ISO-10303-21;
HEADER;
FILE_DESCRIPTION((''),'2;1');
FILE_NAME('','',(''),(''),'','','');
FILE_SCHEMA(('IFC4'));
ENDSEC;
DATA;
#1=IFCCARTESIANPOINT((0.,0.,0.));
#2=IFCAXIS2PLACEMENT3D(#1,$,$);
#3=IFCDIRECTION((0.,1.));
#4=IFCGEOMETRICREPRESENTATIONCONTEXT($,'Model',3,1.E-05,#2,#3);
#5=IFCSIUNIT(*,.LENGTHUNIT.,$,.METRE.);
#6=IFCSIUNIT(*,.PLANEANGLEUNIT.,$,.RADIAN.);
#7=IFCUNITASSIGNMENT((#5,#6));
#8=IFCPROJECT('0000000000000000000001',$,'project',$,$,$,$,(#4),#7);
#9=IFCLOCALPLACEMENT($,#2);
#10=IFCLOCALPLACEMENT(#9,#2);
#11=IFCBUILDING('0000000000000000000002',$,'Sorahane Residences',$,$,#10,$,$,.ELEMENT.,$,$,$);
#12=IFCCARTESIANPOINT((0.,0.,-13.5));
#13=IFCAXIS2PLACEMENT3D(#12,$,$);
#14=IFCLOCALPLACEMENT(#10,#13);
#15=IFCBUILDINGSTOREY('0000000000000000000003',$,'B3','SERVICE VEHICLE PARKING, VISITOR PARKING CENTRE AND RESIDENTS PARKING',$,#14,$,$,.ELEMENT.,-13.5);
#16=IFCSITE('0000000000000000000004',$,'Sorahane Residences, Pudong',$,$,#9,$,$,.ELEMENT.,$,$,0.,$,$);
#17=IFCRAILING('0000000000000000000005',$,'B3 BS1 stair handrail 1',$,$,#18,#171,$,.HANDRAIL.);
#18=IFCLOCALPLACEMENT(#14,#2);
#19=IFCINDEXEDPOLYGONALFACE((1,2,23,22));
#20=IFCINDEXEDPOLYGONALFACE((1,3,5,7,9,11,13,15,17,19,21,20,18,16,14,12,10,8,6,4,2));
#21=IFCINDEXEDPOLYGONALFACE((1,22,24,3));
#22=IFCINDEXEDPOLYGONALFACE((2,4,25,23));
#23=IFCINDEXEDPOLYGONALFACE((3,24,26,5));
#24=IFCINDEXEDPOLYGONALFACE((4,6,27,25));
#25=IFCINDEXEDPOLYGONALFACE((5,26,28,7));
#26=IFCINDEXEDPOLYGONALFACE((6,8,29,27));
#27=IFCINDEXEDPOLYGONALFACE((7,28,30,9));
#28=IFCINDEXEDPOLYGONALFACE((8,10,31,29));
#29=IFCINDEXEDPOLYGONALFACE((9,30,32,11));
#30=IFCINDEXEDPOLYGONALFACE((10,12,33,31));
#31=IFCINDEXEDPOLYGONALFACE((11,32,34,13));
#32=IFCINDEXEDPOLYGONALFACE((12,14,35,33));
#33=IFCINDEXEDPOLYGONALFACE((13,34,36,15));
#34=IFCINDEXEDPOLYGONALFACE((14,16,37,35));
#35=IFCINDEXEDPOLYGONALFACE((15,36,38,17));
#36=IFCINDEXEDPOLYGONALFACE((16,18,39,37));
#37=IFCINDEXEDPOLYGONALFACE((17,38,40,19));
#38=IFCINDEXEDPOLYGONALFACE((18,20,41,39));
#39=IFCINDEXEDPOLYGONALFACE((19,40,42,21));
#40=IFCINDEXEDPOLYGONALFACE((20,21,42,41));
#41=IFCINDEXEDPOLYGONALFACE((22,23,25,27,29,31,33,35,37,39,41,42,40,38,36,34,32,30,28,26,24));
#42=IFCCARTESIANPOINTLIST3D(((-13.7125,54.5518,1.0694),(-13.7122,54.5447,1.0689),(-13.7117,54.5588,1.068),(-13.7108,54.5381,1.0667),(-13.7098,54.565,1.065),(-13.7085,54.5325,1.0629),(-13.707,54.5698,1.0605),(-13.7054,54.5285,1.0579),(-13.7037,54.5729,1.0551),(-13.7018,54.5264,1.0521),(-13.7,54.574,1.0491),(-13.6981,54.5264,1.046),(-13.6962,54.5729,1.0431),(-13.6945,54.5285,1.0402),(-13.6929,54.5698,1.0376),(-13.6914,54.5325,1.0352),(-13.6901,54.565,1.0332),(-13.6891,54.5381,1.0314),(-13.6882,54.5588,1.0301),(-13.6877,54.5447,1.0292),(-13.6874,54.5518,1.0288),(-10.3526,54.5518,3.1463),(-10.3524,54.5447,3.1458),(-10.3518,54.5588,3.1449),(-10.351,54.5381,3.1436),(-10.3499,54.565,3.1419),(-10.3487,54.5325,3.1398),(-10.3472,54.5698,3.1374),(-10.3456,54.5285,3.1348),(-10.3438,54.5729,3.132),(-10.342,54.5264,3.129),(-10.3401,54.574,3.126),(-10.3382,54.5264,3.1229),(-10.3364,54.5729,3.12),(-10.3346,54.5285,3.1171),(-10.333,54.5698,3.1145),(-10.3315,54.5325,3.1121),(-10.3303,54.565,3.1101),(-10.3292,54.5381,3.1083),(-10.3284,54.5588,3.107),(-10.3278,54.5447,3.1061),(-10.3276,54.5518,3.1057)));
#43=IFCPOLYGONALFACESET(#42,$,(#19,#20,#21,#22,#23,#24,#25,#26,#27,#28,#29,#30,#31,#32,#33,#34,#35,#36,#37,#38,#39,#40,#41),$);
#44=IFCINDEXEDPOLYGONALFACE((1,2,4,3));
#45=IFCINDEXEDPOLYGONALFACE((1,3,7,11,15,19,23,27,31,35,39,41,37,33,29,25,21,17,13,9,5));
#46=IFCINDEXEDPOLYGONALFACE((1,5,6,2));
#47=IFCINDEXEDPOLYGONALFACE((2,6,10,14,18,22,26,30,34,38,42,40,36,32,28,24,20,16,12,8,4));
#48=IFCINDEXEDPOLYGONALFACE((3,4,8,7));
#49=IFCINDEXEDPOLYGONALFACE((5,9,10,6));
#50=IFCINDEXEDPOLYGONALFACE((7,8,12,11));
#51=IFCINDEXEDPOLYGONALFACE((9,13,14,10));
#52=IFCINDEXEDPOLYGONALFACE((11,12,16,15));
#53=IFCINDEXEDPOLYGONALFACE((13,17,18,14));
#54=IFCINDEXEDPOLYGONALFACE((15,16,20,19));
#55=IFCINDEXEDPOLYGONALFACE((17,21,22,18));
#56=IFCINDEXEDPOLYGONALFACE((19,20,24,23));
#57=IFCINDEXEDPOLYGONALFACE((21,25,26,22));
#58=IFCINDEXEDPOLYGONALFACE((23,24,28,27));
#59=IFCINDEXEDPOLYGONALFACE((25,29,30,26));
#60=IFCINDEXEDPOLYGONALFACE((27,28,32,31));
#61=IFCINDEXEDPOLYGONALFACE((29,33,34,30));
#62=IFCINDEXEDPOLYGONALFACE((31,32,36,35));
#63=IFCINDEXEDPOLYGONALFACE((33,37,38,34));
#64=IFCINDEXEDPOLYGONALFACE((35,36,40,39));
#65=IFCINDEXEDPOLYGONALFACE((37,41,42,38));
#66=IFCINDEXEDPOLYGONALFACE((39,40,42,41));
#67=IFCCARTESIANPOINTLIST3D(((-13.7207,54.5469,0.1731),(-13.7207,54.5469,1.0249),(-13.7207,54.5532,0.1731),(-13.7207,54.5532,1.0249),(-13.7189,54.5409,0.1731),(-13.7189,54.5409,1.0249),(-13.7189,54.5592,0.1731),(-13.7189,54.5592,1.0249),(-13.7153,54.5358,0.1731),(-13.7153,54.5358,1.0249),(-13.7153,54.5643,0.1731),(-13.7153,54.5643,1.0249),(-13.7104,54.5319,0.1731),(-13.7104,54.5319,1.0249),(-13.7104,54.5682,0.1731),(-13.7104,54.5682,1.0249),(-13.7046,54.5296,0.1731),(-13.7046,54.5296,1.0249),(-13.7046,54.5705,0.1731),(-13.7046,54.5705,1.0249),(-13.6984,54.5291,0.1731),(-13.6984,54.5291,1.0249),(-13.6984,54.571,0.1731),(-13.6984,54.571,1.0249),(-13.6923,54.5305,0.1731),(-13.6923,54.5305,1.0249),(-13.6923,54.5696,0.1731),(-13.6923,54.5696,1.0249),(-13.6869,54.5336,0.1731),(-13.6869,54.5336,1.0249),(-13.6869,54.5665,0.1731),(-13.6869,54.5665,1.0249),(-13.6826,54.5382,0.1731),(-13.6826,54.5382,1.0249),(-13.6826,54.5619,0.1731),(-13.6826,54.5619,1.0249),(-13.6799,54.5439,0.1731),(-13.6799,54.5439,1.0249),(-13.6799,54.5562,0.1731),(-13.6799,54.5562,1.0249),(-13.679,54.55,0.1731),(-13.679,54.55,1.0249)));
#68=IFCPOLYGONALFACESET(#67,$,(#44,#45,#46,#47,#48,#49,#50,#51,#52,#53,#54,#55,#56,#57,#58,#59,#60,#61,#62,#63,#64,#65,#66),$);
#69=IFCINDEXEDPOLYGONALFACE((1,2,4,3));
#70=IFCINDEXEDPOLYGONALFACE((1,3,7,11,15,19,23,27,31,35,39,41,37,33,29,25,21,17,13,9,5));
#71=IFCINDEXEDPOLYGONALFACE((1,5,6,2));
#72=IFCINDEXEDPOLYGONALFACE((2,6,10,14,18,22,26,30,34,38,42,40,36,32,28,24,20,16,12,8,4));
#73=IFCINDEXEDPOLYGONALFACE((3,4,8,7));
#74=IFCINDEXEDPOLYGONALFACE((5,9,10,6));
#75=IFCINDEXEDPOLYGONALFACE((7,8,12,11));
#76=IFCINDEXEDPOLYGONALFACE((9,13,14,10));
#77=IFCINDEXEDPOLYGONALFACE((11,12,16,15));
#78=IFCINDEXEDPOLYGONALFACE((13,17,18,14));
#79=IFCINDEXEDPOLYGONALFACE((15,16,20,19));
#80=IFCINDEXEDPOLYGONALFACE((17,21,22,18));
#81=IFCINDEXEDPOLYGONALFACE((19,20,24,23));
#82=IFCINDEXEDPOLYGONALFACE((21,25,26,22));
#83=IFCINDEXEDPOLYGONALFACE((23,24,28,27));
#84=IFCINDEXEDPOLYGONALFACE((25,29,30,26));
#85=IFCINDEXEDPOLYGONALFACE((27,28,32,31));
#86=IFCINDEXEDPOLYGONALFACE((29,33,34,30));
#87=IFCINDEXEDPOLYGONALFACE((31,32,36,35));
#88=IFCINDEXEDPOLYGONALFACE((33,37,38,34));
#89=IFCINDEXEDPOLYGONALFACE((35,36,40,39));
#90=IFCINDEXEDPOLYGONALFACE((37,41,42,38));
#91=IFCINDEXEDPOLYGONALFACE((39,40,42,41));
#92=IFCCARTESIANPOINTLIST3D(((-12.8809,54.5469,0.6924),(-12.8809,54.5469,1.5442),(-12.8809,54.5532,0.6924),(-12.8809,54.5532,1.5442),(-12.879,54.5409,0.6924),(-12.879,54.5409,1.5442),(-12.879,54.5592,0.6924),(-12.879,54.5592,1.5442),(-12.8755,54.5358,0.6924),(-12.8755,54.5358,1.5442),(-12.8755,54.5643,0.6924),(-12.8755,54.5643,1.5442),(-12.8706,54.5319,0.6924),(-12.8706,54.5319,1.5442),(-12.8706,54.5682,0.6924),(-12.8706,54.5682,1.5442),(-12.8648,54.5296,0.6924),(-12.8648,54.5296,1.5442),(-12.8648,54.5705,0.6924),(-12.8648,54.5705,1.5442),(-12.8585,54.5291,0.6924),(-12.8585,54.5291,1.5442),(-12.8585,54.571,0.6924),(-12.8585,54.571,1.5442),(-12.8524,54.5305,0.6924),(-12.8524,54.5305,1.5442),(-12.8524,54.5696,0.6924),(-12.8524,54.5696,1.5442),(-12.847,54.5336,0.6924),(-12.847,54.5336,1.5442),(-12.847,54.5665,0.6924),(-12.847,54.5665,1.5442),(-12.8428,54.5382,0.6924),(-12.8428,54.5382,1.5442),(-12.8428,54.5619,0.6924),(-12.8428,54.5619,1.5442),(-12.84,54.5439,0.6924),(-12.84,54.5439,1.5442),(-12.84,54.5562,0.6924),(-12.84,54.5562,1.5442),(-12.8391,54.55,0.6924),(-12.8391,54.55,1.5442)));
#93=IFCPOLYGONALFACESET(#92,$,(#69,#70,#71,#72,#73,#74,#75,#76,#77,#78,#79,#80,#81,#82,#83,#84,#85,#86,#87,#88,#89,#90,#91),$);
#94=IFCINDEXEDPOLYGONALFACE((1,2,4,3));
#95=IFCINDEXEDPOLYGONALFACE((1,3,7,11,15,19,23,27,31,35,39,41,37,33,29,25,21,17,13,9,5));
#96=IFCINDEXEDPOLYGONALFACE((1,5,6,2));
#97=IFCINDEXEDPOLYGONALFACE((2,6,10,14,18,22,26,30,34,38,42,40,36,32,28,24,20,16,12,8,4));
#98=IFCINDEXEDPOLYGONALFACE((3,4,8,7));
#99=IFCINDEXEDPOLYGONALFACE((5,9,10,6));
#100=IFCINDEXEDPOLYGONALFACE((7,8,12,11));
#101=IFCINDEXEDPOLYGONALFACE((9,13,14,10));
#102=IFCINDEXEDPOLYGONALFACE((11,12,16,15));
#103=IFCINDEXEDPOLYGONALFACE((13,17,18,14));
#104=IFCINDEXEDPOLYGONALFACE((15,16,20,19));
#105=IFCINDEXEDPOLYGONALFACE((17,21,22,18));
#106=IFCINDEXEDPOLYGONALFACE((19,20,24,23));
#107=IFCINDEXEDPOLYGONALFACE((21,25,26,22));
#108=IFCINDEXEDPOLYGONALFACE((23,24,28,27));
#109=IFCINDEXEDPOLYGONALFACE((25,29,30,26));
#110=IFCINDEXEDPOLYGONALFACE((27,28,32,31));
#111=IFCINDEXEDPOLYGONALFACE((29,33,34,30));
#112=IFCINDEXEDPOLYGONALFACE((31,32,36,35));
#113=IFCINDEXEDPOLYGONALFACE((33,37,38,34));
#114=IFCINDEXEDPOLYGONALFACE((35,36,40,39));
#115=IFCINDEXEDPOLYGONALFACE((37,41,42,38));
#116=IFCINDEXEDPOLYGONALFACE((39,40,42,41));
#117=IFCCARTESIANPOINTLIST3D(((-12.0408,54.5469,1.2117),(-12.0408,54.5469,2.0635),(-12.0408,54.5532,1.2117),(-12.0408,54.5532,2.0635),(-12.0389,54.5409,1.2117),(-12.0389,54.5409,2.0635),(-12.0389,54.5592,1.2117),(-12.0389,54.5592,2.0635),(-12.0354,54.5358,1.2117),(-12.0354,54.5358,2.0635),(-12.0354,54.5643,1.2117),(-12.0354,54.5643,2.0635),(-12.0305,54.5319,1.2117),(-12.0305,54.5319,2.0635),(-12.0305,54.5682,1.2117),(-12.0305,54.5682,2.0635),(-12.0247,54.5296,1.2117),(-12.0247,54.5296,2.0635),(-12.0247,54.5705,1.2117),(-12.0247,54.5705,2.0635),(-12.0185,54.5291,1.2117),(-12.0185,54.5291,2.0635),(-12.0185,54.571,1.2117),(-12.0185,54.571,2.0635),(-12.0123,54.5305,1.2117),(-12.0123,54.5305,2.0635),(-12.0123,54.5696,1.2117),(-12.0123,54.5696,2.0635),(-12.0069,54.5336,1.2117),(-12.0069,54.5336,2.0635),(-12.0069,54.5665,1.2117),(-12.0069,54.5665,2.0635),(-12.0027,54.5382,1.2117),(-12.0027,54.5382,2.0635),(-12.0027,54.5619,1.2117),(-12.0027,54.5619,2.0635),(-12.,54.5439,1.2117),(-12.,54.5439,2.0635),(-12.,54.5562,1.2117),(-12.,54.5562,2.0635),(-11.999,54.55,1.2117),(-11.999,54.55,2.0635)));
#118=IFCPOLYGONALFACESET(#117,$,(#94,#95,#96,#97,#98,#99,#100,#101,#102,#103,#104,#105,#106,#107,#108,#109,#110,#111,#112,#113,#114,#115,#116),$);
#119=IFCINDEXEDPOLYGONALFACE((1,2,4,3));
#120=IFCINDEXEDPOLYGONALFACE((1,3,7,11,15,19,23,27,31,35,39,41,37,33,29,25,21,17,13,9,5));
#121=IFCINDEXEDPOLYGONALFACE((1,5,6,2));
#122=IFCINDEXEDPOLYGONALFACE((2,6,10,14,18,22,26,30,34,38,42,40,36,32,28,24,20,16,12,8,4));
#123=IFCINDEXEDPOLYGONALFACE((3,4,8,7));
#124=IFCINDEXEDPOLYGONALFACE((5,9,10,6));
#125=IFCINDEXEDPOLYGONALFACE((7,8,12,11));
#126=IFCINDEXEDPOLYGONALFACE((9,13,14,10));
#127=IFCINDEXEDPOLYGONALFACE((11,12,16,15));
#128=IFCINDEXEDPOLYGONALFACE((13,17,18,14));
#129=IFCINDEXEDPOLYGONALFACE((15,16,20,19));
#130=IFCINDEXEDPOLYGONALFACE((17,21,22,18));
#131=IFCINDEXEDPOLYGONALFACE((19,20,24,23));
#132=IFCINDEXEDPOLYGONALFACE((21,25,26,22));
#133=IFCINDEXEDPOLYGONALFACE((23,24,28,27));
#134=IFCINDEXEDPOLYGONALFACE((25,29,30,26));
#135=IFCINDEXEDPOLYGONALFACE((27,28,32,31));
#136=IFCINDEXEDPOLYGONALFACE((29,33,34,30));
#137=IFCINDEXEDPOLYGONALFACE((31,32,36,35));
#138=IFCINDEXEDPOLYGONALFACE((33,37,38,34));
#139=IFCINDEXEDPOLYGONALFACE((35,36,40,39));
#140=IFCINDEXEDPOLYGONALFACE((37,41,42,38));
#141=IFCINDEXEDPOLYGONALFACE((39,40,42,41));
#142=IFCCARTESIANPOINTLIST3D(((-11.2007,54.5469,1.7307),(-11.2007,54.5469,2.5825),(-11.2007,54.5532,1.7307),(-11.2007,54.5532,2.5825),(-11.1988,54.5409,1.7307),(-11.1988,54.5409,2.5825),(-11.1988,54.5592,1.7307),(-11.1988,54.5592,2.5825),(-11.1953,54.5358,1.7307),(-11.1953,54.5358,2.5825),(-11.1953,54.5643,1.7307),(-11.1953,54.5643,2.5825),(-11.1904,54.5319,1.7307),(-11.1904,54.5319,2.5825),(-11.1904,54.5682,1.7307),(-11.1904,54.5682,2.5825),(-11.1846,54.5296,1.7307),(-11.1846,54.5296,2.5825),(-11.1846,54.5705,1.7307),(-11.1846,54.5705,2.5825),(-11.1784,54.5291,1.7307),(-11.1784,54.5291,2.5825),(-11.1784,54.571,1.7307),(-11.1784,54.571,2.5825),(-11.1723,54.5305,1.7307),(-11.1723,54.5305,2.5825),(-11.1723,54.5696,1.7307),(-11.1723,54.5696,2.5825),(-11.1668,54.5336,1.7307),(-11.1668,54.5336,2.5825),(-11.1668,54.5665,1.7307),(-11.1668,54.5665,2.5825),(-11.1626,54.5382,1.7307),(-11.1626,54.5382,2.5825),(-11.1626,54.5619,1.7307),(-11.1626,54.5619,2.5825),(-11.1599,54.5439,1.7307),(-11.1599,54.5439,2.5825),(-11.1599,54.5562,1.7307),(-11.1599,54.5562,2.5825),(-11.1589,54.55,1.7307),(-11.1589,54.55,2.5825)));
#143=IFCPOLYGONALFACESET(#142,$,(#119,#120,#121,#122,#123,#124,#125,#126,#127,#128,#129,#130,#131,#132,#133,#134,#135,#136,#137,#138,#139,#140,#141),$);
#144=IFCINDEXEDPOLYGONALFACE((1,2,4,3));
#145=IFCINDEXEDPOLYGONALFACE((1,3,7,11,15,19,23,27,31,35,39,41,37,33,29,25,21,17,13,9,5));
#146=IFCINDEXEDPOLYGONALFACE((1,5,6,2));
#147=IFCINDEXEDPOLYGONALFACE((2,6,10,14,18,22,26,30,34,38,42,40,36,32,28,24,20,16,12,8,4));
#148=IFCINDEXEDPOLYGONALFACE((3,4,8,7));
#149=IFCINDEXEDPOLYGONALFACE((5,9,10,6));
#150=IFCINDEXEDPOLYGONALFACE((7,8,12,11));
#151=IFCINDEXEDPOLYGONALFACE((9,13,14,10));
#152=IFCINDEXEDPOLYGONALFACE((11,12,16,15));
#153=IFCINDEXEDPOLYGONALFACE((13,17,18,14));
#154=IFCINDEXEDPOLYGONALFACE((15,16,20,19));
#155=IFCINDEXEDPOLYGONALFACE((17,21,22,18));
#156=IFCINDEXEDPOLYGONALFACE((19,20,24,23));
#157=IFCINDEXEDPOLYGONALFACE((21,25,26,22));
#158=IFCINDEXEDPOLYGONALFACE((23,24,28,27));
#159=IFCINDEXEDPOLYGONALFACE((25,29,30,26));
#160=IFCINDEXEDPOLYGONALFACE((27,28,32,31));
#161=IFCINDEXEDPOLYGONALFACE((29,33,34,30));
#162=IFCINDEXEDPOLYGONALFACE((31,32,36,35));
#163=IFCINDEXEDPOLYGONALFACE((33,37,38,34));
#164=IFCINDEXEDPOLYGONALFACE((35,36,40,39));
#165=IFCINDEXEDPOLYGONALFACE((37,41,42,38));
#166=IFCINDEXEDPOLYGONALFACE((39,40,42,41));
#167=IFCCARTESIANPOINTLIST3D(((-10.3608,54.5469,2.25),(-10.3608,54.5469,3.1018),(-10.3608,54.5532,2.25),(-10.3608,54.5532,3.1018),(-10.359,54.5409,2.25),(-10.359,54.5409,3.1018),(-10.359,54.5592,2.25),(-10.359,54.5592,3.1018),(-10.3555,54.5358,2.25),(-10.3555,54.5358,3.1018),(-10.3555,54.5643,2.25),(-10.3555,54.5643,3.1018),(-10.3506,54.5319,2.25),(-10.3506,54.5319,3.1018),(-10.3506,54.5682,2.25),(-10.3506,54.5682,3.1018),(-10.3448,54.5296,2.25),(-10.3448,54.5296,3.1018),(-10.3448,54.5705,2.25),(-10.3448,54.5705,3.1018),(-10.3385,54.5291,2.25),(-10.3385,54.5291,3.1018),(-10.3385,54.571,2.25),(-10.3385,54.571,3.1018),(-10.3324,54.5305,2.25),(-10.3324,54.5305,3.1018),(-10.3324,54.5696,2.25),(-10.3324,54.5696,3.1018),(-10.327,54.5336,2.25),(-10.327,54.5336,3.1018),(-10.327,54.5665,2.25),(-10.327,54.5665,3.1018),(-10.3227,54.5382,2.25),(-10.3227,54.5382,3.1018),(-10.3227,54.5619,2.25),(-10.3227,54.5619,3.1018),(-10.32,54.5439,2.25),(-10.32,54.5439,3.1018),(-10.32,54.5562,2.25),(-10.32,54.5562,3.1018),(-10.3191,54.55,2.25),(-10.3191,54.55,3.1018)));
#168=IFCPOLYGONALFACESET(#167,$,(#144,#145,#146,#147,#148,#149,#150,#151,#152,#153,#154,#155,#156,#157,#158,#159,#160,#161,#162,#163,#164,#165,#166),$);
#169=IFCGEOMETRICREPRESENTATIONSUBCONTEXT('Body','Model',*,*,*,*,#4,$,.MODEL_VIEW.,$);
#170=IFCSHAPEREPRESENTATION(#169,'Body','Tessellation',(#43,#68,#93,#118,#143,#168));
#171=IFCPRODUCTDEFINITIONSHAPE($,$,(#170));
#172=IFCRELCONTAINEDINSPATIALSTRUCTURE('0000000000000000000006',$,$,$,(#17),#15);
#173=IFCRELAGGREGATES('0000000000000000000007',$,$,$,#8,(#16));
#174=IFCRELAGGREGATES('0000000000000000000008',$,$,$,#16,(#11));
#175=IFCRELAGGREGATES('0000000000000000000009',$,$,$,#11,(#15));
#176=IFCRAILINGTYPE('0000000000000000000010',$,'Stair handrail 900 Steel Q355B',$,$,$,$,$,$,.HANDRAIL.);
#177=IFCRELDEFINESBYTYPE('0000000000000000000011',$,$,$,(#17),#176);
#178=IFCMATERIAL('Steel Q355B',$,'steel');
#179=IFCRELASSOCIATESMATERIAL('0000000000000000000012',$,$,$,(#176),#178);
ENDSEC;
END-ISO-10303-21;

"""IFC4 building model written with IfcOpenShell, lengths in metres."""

from ifc_helpers import new_model, si_unit, direction, frame, origin, origin_2d, place, context, subcontext, project, spatial, circle, extrude, material, type_object, element, save


model = new_model("IFC4")

# Units and contexts
model_context = context("Model", 3, precision=1e-05, world=origin(), true_north=direction((0.0, 1.0)))
body_context = subcontext(model_context, "Body", "Model", "MODEL_VIEW")
ifc_project = project(units=[si_unit("LENGTHUNIT", "METRE"), si_unit("PLANEANGLEUNIT", "RADIAN")], contexts=[model_context])

# Site, building, storey
site_placement = place(None, origin())
site = spatial("IfcSite", under=ifc_project, at=site_placement, Name="Sorahane Residences, Pudong", CompositionType="ELEMENT", RefElevation=0.0)
building_placement = place(site_placement, origin())
building = spatial("IfcBuilding", under=site, at=building_placement, Name="Sorahane Residences", CompositionType="ELEMENT")
storey_placement = place(building_placement, frame((0.0, 0.0, -13.5)))
storey = spatial("IfcBuildingStorey", under=building, at=storey_placement, Name="B3", Description="SERVICE VEHICLE PARKING, VISITOR PARKING CENTRE AND RESIDENTS PARKING", CompositionType="ELEMENT", Elevation=-13.5)

# Railing
ifc_material_1 = material(Name="Steel Q355B", Category="steel")
railing_type_1 = type_object("IfcRailingType", Name="Stair handrail 900 Steel Q355B", PredefinedType="HANDRAIL", material=ifc_material_1)
railing_1_placement = place(storey_placement, frame((-13.7, 54.55, 0.1731)))
element("IfcRailing", 1, at=railing_1_placement, inside=storey, type_object=railing_type_1, Name="B3 BS1 stair handrail 1", PredefinedType="HANDRAIL", context=body_context, shape_type="SweptSolid", body=[
    extrude(circle(Radius=0.0239, at=origin_2d()), frame((0.0, 0.0, 0.876), z_axis=(0.850606, 0.0, 0.525803), x_axis=(0.0, 1.0, 0.0)), (0.0, 0.0, 1.0), 3.95),
    extrude(circle(Radius=0.021, at=origin_2d()), origin(), (0.0, 0.0, 1.0), 0.8518),
    extrude(circle(Radius=0.021, at=origin_2d()), frame((0.8398, 0.0, 0.5193)), (0.0, 0.0, 1.0), 0.8518),
    extrude(circle(Radius=0.021, at=origin_2d()), frame((1.6799, 0.0, 1.0386)), (0.0, 0.0, 1.0), 0.8518),
    extrude(circle(Radius=0.021, at=origin_2d()), frame((2.52, 0.0, 1.5576)), (0.0, 0.0, 1.0), 0.8518),
    extrude(circle(Radius=0.021, at=origin_2d()), frame((3.3599, 0.0, 2.0769)), (0.0, 0.0, 1.0), 0.8518),
])

save(model, "model.ifc")
